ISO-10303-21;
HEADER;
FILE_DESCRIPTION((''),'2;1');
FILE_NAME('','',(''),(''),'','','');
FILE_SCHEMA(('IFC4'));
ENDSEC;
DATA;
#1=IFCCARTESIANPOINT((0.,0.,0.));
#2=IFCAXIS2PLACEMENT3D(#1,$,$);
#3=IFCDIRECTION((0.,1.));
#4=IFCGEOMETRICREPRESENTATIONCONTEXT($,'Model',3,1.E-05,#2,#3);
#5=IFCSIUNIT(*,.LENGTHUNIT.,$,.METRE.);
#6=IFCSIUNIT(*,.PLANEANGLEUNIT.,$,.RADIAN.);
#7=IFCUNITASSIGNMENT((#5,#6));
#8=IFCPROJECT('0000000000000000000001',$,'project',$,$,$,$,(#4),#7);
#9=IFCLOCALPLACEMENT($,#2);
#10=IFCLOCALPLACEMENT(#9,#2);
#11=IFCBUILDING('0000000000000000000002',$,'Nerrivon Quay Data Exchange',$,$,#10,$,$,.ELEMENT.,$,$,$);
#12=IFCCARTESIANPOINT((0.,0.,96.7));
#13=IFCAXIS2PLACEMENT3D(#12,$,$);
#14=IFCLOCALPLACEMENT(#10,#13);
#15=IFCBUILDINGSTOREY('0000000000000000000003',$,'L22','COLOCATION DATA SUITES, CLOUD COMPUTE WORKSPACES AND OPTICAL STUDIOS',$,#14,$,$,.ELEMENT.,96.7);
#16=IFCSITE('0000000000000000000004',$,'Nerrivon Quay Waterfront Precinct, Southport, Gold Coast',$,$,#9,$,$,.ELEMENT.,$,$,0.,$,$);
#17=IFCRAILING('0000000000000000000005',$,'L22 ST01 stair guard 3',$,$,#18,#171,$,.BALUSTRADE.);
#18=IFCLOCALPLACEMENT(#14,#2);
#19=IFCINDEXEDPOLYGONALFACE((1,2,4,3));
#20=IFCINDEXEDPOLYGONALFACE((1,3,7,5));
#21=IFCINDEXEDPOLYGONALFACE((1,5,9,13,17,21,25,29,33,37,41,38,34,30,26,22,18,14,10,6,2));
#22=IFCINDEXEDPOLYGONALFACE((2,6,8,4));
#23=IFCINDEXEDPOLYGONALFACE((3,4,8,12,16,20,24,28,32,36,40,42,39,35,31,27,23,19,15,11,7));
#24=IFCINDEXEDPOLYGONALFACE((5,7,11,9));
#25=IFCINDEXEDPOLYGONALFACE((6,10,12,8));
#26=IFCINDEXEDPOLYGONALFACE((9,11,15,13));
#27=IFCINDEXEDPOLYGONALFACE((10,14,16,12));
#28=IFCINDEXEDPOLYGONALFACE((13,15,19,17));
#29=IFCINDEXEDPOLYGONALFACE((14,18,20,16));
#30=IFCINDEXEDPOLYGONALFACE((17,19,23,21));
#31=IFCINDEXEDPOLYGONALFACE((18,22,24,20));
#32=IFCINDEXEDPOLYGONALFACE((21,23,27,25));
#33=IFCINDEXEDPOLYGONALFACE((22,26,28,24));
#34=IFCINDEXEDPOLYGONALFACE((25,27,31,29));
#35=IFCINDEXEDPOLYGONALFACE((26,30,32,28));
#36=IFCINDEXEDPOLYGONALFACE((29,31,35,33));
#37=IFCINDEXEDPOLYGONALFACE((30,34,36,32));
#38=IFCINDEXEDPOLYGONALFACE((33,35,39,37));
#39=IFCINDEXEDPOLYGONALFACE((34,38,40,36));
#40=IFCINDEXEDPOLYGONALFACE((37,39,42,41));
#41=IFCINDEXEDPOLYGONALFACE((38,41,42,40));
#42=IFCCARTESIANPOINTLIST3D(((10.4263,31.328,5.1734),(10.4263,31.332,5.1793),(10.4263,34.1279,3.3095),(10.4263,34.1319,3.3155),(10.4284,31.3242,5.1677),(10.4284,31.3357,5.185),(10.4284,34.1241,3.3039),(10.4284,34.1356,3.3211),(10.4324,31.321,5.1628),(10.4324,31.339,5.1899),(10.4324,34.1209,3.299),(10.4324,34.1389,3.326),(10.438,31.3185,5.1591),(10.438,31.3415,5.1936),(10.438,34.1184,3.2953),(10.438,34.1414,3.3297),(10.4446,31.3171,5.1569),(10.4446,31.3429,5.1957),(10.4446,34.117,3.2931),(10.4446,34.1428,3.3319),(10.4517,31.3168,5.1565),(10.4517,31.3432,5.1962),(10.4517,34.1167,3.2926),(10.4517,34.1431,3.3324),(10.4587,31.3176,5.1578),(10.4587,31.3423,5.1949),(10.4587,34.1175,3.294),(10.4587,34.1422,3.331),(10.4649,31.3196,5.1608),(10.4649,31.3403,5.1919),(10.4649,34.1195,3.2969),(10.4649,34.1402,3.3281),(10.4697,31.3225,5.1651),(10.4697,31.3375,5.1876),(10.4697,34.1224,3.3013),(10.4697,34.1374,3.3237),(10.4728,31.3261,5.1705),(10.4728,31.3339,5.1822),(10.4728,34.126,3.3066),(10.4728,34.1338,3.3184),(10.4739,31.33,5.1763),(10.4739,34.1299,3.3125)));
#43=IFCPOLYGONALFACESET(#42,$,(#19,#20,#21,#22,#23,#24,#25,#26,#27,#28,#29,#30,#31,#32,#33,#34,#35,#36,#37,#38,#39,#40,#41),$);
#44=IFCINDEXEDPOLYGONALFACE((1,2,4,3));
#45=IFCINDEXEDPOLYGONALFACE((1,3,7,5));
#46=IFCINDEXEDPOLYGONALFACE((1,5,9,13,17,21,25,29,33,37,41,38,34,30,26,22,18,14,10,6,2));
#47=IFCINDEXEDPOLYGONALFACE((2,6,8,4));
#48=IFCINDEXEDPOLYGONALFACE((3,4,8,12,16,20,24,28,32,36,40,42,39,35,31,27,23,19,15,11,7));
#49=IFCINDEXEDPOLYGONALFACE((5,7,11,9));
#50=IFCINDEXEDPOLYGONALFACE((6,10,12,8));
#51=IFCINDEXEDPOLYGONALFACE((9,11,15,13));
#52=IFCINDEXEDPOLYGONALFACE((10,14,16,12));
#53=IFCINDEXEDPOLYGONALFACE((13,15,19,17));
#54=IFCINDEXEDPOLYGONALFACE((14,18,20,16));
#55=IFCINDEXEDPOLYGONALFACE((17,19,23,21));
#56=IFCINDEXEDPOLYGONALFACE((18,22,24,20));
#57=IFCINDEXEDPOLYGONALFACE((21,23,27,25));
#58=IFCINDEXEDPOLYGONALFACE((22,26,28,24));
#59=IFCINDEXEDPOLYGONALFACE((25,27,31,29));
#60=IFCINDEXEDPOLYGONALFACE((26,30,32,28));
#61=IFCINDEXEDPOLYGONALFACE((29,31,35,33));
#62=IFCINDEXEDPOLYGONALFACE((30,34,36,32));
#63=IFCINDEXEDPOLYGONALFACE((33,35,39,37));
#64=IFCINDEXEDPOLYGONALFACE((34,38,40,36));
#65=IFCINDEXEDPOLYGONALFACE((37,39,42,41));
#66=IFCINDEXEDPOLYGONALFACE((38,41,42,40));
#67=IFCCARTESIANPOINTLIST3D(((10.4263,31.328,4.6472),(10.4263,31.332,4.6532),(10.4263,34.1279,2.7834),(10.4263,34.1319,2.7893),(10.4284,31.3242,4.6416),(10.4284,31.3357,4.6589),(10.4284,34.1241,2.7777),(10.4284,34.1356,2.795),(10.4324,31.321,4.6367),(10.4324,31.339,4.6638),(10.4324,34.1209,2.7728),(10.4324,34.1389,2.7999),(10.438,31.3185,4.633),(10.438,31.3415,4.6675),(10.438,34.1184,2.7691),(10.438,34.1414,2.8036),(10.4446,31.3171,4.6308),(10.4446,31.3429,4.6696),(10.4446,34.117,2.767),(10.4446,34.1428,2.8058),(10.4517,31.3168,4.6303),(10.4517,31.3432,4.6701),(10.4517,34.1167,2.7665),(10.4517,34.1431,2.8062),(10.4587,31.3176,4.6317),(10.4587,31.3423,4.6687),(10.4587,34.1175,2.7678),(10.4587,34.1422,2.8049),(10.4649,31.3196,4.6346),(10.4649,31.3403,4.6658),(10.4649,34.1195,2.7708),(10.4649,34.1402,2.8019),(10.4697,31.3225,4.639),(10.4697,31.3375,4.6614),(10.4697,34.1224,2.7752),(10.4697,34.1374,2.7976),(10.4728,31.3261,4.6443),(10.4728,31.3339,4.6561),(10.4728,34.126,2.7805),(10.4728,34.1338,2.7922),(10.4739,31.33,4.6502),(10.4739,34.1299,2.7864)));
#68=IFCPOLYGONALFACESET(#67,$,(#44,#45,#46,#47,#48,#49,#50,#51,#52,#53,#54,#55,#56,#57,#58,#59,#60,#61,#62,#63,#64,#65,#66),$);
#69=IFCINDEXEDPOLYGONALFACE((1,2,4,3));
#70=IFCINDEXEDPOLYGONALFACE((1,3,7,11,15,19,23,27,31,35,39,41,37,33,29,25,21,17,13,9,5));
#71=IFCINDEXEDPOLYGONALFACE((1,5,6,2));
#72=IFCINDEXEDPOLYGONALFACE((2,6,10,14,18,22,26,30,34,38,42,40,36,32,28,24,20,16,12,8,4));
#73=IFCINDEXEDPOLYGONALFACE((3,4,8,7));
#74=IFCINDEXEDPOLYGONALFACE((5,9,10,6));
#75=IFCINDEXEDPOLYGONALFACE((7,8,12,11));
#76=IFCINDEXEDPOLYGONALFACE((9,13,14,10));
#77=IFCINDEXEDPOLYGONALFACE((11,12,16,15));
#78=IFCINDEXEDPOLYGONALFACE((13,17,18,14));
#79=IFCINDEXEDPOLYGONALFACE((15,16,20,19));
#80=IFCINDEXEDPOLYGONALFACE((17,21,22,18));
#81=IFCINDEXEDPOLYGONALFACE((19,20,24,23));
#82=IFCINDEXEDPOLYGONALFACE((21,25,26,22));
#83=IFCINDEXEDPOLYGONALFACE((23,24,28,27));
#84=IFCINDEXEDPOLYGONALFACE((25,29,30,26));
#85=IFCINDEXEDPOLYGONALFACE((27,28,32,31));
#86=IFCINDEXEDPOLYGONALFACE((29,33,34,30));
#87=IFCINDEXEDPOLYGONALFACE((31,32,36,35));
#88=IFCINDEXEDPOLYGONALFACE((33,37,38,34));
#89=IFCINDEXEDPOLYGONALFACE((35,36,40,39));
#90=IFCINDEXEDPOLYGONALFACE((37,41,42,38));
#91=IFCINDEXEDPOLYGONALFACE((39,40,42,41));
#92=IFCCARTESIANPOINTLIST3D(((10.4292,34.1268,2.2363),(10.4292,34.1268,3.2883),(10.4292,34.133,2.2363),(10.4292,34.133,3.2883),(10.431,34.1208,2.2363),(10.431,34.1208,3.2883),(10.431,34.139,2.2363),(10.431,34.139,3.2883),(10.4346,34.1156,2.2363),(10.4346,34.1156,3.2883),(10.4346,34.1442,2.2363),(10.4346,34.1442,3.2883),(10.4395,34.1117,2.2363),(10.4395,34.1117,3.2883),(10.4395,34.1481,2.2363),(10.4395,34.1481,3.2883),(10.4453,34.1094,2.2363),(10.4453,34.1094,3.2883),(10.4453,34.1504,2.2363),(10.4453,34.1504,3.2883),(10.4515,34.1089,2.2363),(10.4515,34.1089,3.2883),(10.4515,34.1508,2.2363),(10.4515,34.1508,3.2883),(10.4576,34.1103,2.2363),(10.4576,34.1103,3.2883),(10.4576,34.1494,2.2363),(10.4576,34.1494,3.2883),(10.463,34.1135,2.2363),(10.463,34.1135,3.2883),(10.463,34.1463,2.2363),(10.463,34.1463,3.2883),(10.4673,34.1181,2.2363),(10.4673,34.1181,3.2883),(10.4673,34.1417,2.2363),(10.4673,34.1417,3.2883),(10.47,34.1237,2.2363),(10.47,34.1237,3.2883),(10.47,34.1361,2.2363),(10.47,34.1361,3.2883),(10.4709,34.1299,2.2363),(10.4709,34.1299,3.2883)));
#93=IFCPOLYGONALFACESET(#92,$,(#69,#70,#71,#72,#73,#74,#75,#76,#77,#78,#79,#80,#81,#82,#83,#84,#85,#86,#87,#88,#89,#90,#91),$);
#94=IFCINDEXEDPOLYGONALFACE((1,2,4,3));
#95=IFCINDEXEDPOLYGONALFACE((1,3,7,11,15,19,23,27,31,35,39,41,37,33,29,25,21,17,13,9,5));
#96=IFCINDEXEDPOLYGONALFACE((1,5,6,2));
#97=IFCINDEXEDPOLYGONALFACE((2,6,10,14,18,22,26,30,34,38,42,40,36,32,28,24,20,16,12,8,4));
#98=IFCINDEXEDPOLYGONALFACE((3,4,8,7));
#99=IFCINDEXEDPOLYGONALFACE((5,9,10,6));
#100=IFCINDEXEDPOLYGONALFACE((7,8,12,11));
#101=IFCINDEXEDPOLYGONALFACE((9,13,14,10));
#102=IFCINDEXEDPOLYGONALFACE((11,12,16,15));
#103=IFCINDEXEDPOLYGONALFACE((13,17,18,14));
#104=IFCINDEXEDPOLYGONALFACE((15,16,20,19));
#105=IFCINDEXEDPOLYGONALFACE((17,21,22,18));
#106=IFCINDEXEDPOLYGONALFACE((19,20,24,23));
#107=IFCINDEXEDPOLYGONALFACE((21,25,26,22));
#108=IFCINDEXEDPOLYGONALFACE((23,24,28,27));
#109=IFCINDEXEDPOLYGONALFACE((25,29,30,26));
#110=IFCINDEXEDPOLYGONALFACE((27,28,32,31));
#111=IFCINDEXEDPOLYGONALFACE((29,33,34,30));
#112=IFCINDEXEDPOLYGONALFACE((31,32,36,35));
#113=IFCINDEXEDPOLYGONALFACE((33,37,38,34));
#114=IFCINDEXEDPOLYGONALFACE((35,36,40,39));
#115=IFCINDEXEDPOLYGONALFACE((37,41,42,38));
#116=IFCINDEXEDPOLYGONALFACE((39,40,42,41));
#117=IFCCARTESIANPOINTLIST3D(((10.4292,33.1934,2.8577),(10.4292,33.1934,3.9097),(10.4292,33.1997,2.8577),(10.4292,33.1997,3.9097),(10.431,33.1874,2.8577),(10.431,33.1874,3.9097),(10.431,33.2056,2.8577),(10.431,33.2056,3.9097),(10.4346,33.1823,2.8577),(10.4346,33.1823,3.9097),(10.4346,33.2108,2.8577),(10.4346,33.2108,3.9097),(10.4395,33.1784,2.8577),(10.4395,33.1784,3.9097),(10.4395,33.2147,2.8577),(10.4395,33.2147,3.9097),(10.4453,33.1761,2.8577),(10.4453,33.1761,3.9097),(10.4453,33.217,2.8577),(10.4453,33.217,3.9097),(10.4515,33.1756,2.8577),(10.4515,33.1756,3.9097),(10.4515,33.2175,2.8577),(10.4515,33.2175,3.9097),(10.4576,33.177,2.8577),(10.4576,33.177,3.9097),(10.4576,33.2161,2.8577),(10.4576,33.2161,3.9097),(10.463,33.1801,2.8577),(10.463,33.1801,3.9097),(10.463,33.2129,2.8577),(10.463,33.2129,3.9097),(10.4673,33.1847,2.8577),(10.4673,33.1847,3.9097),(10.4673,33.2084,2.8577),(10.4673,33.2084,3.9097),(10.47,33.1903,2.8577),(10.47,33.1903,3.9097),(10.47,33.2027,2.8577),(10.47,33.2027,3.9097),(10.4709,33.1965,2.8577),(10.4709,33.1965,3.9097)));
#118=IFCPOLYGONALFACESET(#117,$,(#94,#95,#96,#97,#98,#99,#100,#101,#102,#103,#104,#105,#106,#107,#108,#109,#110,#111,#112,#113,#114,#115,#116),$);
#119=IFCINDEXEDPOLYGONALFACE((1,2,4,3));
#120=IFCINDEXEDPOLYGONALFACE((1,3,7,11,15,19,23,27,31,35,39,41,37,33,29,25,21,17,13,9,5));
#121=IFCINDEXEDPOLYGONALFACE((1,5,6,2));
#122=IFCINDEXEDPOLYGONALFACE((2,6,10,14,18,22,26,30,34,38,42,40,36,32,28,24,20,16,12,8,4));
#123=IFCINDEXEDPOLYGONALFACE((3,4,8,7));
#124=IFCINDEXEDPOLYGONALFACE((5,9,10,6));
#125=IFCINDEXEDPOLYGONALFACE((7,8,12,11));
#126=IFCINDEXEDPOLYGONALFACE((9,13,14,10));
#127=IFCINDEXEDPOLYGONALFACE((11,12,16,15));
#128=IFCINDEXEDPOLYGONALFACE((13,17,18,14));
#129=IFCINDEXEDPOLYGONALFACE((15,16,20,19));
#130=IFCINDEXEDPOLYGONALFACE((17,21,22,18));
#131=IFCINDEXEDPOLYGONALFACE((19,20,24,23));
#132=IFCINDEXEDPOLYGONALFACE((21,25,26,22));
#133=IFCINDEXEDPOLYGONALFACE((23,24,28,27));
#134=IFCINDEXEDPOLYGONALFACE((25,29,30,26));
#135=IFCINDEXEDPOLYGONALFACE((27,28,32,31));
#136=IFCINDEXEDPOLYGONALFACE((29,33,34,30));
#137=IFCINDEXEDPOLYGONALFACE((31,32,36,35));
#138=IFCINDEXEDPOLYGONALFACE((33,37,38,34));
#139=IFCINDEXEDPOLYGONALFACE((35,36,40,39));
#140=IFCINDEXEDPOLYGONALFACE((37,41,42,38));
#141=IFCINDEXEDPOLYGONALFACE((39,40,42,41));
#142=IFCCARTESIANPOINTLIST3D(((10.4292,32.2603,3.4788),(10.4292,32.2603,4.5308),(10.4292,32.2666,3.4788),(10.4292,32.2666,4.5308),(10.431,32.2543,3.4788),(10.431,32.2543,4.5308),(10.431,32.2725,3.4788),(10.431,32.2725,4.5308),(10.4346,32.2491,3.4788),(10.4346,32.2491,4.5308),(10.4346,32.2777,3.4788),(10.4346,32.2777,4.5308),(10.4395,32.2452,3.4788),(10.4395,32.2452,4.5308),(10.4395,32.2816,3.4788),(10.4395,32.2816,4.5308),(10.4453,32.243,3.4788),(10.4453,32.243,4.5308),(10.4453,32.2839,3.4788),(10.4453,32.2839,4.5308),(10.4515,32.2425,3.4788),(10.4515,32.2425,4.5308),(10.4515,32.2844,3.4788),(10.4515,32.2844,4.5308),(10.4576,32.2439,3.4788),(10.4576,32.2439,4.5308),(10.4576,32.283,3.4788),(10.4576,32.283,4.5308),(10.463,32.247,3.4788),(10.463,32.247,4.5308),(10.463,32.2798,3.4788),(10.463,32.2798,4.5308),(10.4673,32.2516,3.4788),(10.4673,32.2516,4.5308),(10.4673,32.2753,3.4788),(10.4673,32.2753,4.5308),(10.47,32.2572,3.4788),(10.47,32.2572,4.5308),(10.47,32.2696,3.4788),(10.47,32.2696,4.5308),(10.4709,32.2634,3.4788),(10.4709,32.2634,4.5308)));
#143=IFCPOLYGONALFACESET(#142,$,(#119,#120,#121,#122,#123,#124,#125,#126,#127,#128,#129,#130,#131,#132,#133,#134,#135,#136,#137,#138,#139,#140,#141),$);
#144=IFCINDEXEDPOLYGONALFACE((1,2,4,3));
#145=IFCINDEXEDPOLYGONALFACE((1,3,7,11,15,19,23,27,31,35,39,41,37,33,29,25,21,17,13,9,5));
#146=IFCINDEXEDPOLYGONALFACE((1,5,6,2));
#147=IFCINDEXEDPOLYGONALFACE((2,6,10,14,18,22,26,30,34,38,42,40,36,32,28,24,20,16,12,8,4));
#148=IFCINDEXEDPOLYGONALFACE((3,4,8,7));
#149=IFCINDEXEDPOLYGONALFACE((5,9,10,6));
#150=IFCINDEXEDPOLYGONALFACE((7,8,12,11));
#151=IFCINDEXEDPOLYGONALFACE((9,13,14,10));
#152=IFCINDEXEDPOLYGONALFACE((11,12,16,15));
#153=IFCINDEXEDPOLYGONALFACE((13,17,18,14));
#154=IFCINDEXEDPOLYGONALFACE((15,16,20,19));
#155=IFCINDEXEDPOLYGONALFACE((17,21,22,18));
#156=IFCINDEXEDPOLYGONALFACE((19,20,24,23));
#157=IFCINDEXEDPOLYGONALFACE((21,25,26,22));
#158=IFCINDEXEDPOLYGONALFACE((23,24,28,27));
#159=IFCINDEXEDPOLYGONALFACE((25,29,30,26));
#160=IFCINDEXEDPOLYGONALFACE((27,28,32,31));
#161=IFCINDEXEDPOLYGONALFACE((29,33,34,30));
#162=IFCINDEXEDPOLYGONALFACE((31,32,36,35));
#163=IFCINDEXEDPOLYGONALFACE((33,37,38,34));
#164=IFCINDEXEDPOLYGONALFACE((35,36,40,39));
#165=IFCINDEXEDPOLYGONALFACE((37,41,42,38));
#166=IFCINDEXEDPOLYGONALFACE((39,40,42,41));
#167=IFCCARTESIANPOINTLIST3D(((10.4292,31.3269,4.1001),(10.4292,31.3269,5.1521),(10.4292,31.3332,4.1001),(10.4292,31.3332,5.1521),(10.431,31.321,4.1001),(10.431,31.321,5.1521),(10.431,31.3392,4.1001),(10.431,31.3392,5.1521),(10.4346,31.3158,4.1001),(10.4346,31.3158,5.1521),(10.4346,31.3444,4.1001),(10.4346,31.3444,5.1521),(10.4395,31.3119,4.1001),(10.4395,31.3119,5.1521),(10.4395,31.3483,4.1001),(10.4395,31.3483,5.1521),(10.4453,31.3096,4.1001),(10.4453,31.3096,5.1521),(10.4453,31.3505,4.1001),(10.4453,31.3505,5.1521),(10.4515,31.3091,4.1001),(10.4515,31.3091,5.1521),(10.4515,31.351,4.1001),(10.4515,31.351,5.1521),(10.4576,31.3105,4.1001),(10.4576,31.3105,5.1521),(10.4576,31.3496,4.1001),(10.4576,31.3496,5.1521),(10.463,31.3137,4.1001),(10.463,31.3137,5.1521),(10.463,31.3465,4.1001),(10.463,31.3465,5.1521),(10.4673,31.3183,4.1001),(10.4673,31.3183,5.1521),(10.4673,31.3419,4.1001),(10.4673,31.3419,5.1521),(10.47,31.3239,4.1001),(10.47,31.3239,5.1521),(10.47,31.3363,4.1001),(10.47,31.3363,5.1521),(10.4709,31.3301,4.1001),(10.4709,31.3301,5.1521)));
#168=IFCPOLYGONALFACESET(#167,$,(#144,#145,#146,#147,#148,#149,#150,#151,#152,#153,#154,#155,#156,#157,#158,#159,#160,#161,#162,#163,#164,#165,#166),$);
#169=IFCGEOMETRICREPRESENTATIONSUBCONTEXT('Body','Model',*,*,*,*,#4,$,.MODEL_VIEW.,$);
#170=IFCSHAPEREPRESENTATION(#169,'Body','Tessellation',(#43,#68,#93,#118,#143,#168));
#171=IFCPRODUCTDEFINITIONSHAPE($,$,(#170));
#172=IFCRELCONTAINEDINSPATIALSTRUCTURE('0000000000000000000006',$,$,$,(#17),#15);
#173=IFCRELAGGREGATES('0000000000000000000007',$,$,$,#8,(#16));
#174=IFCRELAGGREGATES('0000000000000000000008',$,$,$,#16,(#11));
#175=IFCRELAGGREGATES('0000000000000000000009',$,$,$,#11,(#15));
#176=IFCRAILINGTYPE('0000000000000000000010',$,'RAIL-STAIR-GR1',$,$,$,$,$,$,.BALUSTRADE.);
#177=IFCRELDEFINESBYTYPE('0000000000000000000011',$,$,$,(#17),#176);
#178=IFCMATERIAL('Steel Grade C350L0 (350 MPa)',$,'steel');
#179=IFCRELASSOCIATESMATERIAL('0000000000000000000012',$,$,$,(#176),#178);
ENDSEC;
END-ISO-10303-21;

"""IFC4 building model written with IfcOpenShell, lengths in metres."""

from ifc_helpers import new_model, si_unit, direction, frame, origin, origin_2d, place, context, subcontext, project, spatial, circle, extrude, material, type_object, element, save


model = new_model("IFC4")

# Units and contexts
model_context = context("Model", 3, precision=1e-05, world=origin(), true_north=direction((0.0, 1.0)))
body_context = subcontext(model_context, "Body", "Model", "MODEL_VIEW")
ifc_project = project(units=[si_unit("LENGTHUNIT", "METRE"), si_unit("PLANEANGLEUNIT", "RADIAN")], contexts=[model_context])

# Site, building, storey
site_placement = place(None, origin())
site = spatial("IfcSite", under=ifc_project, at=site_placement, Name="Nerrivon Quay Waterfront Precinct, Southport, Gold Coast", CompositionType="ELEMENT", RefElevation=0.0)
building_placement = place(site_placement, origin())
building = spatial("IfcBuilding", under=site, at=building_placement, Name="Nerrivon Quay Data Exchange", CompositionType="ELEMENT")
storey_placement = place(building_placement, frame((0.0, 0.0, 96.7)))
storey = spatial("IfcBuildingStorey", under=building, at=storey_placement, Name="L22", Description="COLOCATION DATA SUITES, CLOUD COMPUTE WORKSPACES AND OPTICAL STUDIOS", CompositionType="ELEMENT", Elevation=96.7)

# Railing
ifc_material_1 = material(Name="Steel Grade C350L0 (350 MPa)", Category="steel")
railing_type_1 = type_object("IfcRailingType", Name="RAIL-STAIR-GR1", PredefinedType="BALUSTRADE", material=ifc_material_1)
railing_1_placement = place(storey_placement, frame((10.45, 34.1299, 2.2363)))
element("IfcRailing", 1, at=railing_1_placement, inside=storey, type_object=railing_type_1, Name="L22 ST01 stair guard 3", PredefinedType="BALUSTRADE", context=body_context, shape_type="SweptSolid", body=[
    extrude(circle(Radius=0.0239, at=origin_2d()), frame((0.0, 0.0, 1.0762), z_axis=(0.0, -0.83243, 0.554131), x_axis=(1.0, 0.0, 0.0)), (0.0, 0.0, 1.0), 3.3635),
    extrude(circle(Radius=0.0239, at=origin_2d()), frame((0.0, 0.0, 0.55), z_axis=(0.0, -0.83243, 0.554131), x_axis=(1.0, 0.0, 0.0)), (0.0, 0.0, 1.0), 3.3635),
    extrude(circle(Radius=0.021, at=origin_2d()), origin(), (0.0, 0.0, 1.0), 1.052),
    extrude(circle(Radius=0.021, at=origin_2d()), frame((0.0, -0.9333, 0.6213)), (0.0, 0.0, 1.0), 1.052),
    extrude(circle(Radius=0.021, at=origin_2d()), frame((0.0, -1.8665, 1.2424)), (0.0, 0.0, 1.0), 1.052),
    extrude(circle(Radius=0.021, at=origin_2d()), frame((0.0, -2.7998, 1.8638)), (0.0, 0.0, 1.0), 1.052),
])

save(model, "model.ifc")
